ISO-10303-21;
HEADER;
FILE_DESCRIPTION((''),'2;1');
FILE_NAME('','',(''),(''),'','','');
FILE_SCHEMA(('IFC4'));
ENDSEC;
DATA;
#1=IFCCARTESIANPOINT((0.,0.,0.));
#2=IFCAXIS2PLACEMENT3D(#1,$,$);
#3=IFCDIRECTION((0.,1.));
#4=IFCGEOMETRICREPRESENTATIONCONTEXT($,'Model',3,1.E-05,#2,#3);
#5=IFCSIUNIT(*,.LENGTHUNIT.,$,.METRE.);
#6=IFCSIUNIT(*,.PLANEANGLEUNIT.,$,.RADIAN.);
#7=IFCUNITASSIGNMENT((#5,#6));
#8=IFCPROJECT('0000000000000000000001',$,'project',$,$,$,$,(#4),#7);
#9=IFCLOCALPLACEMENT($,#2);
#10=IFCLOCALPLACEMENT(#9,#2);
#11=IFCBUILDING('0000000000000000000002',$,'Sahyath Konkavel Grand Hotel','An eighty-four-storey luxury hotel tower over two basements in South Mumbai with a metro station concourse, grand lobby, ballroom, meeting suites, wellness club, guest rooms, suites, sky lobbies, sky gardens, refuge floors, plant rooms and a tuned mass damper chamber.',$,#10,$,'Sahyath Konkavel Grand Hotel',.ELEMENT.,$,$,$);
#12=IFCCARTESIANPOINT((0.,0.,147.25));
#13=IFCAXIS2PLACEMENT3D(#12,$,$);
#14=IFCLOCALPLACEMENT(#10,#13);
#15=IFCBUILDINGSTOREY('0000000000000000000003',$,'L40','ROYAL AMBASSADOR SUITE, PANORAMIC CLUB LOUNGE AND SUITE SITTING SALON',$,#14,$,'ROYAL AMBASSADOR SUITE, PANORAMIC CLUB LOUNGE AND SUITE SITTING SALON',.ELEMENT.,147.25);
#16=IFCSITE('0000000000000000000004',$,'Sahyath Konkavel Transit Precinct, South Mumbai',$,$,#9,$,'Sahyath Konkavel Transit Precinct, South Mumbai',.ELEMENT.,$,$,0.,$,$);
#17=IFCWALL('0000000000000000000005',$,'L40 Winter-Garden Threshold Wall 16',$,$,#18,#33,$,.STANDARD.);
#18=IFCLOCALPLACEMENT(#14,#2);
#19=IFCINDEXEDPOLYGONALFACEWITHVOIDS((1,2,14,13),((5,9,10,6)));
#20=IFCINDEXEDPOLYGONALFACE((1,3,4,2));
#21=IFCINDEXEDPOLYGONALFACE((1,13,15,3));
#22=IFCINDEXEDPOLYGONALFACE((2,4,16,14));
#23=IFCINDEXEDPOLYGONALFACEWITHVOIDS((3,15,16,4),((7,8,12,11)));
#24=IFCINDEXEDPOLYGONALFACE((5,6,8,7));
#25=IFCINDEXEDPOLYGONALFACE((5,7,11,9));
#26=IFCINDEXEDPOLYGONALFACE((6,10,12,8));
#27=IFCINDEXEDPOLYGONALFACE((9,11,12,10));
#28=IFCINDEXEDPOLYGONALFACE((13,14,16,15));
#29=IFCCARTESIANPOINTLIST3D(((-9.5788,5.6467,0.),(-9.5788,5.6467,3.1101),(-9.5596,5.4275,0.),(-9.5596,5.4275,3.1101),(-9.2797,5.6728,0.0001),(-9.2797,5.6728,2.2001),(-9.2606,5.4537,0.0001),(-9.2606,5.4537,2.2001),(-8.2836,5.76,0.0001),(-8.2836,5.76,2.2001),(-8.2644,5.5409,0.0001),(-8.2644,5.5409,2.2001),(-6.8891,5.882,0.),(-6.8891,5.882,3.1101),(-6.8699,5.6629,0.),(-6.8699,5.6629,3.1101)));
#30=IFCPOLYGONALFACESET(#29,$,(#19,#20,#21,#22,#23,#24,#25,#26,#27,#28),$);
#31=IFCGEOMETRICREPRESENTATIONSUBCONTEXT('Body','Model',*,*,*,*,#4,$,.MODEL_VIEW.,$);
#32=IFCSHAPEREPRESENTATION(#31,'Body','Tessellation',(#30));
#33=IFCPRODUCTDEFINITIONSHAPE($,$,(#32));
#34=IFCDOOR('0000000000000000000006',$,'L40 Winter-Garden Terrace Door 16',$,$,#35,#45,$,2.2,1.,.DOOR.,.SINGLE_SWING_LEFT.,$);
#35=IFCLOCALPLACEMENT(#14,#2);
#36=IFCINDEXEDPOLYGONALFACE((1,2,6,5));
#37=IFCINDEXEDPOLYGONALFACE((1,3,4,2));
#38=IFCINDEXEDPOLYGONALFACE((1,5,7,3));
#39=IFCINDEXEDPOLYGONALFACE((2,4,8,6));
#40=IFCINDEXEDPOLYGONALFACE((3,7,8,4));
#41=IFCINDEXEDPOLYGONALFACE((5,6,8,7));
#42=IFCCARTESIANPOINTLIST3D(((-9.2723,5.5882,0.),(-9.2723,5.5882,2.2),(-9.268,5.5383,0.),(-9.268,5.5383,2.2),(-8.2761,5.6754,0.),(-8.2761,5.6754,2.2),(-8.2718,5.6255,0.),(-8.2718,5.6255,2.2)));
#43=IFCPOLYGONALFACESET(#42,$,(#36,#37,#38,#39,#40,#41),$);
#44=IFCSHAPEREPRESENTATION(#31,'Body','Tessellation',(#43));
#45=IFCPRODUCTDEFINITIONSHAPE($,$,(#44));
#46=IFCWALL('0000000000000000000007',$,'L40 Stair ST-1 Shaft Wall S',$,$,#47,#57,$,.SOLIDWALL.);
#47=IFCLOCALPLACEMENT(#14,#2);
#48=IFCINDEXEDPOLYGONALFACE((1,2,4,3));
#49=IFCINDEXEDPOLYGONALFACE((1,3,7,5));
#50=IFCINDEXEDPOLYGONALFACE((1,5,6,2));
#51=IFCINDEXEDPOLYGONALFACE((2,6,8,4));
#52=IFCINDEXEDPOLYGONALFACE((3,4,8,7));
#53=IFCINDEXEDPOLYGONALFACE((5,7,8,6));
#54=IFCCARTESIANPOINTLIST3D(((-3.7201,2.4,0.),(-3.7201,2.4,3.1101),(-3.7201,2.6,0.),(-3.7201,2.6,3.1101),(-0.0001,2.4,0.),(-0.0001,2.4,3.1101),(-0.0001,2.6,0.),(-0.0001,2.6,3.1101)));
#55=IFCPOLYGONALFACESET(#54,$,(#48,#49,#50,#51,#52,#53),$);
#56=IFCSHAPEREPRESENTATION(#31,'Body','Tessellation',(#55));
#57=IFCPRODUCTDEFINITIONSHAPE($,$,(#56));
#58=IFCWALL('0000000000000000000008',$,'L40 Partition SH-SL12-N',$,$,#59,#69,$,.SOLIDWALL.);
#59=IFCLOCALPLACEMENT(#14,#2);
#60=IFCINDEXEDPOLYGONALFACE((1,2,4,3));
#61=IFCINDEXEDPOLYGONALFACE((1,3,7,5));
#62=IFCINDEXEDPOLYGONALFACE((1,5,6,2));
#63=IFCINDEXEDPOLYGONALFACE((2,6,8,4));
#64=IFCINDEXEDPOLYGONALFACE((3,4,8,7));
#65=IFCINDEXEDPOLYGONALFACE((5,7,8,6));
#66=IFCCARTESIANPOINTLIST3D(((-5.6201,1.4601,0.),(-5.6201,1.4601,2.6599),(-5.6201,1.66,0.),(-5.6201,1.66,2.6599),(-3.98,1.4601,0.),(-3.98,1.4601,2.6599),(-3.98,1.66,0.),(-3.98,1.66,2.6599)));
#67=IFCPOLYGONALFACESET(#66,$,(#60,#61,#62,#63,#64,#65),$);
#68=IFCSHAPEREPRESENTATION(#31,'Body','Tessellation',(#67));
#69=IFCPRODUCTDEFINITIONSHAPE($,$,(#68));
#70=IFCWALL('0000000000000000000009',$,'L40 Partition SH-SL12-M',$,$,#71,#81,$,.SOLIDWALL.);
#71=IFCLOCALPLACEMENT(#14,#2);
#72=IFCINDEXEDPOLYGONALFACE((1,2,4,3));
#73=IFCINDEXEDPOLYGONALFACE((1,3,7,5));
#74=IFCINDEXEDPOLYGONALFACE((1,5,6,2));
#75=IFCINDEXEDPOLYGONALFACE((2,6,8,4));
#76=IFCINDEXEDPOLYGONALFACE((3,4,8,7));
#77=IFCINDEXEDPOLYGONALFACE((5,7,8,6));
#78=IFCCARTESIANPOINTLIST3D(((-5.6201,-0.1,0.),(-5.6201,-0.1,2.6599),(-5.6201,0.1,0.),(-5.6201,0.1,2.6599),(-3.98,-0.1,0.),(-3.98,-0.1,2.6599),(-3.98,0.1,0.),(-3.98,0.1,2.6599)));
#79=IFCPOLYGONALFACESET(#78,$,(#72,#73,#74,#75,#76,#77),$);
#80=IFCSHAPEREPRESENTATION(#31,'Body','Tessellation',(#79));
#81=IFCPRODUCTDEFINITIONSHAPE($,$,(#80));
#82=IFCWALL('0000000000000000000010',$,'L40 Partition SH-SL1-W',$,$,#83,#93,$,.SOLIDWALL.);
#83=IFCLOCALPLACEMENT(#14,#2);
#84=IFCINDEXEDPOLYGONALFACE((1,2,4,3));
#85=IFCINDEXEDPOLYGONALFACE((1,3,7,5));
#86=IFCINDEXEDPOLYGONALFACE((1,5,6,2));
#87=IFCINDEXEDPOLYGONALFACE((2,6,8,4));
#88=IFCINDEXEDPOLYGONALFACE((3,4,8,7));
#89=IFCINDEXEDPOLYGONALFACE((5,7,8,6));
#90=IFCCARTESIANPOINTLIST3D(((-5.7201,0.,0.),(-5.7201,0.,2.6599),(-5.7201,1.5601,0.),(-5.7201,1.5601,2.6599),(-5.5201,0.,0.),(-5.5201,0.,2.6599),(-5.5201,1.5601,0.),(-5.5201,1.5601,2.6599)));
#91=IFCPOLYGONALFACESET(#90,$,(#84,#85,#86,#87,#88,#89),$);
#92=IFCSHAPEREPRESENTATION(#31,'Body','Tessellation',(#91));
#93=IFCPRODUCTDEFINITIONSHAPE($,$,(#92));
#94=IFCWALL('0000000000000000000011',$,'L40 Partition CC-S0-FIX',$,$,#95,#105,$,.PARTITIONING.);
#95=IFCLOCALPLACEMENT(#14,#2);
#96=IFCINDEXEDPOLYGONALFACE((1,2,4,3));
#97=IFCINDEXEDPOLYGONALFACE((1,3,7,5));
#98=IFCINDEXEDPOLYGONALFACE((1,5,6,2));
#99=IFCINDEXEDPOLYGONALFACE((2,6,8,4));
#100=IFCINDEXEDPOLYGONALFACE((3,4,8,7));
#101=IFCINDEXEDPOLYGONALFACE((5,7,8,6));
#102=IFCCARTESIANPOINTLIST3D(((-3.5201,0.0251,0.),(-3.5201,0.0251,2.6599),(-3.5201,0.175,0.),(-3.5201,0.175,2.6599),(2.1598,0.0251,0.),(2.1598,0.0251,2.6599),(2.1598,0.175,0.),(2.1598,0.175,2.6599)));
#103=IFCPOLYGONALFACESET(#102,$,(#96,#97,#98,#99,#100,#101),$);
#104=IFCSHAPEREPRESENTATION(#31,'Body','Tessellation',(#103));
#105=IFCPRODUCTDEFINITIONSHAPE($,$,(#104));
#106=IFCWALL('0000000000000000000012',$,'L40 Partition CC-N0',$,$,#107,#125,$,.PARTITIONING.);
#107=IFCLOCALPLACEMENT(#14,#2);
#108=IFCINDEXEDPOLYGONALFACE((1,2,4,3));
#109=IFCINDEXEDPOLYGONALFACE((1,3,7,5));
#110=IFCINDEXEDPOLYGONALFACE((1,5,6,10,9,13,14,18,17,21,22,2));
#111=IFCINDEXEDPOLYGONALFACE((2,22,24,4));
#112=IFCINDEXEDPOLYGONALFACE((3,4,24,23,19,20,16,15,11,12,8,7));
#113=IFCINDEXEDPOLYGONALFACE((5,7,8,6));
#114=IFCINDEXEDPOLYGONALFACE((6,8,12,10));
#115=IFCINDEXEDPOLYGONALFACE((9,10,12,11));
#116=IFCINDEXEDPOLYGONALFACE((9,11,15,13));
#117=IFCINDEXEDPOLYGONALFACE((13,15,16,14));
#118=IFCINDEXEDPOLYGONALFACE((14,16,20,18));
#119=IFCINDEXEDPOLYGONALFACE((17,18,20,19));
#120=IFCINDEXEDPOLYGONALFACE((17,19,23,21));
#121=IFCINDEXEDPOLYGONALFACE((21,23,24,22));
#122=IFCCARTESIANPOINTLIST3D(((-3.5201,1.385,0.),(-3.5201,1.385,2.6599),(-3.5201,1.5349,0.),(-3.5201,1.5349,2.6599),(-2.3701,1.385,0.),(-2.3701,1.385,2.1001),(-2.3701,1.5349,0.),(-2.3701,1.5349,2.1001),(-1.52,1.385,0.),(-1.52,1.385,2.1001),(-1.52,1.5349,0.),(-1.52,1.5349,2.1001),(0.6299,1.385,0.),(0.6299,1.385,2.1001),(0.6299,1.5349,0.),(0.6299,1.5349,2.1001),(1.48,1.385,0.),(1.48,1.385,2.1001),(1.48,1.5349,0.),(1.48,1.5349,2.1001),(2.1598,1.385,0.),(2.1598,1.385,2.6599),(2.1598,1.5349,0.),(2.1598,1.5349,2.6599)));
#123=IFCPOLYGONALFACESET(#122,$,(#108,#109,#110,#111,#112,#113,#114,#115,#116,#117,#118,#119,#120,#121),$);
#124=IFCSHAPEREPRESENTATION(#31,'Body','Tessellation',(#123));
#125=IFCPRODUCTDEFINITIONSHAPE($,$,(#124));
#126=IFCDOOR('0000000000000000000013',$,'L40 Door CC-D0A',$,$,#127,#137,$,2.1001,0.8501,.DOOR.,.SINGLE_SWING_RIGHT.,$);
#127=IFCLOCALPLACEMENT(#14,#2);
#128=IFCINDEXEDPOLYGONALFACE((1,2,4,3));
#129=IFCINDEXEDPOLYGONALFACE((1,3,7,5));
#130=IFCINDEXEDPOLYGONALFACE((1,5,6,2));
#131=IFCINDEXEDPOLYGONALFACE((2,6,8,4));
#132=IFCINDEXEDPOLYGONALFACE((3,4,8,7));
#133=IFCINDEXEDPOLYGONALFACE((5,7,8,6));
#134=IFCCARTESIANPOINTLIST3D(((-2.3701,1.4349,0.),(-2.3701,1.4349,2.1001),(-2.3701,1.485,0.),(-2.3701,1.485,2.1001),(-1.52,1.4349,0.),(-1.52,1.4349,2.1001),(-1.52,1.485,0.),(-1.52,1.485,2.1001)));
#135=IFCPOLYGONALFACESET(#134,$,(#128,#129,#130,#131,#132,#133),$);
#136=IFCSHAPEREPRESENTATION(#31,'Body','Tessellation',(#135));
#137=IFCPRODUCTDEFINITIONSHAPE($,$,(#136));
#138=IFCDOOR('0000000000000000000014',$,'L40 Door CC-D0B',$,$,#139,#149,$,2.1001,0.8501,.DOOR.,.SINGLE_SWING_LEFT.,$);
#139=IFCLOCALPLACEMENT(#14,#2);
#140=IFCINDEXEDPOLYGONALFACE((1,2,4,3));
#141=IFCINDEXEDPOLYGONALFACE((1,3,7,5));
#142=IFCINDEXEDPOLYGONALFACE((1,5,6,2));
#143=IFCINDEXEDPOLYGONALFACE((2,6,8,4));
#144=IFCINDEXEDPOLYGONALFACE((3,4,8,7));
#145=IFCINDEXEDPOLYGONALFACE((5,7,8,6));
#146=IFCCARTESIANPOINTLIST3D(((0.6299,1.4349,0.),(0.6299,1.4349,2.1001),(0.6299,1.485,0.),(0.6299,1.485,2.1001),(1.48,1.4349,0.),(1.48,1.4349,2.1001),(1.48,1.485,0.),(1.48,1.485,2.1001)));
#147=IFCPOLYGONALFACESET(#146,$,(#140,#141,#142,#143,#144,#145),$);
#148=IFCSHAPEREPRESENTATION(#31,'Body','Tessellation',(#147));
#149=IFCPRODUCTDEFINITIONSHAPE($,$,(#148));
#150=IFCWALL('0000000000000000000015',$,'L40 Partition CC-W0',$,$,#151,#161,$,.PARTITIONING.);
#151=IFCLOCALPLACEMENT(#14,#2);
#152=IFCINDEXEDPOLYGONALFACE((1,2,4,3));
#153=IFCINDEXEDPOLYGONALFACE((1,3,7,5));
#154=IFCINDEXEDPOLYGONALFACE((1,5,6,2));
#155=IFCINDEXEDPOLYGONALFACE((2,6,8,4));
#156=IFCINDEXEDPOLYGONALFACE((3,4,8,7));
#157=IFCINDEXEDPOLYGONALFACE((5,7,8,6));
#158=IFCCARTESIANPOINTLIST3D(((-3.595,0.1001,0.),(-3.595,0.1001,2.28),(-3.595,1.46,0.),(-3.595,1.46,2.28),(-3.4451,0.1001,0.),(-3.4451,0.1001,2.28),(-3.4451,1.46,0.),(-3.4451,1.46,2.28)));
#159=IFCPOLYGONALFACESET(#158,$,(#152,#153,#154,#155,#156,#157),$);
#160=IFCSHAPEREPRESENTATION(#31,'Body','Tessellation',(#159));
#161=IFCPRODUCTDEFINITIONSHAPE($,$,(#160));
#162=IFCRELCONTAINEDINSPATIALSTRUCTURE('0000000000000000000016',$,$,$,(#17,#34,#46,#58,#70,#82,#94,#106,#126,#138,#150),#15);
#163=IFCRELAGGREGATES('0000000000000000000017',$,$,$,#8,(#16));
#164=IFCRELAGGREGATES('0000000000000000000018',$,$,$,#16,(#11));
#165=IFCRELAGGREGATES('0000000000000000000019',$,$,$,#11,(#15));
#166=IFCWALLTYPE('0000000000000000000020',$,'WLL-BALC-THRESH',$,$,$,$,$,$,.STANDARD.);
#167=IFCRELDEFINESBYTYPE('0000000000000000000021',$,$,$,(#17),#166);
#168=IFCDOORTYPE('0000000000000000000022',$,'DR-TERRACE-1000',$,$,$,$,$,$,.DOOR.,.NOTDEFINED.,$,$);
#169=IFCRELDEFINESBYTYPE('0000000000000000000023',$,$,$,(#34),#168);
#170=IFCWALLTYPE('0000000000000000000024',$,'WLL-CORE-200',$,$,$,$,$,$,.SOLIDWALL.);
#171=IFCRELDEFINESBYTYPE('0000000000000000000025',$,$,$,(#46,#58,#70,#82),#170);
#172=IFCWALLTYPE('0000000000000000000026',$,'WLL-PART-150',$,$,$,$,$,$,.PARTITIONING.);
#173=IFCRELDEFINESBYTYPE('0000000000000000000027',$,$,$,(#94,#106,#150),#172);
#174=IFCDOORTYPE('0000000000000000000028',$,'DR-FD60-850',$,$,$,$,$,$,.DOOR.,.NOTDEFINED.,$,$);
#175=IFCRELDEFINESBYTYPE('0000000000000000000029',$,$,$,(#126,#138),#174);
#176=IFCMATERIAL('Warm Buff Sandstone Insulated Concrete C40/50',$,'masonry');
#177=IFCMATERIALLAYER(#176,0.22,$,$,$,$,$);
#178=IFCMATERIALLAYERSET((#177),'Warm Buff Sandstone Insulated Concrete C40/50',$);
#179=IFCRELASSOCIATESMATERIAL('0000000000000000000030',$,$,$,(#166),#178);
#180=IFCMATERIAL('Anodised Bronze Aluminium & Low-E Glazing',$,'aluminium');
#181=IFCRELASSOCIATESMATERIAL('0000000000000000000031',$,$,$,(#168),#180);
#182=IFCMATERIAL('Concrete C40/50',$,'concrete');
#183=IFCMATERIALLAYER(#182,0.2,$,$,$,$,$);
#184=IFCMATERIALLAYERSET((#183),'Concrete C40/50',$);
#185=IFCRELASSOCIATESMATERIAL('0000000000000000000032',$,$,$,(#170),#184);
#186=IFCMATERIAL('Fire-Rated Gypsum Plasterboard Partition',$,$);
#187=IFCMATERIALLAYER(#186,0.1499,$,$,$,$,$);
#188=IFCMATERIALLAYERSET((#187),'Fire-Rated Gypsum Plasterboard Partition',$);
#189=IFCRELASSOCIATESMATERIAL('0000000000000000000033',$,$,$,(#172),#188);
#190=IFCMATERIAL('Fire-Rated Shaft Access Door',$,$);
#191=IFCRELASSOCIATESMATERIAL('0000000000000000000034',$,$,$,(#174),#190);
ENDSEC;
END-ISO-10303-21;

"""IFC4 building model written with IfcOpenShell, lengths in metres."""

from ifc_helpers import new_model, si_unit, direction, frame, frame_2d, origin, origin_2d, place, context, subcontext, project, spatial, rectangle, extrude, source, transform, mapped, material, layer, layer_set, type_object, element, fill, save


model = new_model("IFC4")

# Units and contexts
model_context = context("Model", 3, precision=1e-05, world=origin(), true_north=direction((0.0, 1.0)))
body_context = subcontext(model_context, "Body", "Model", "MODEL_VIEW")
ifc_project = project(units=[si_unit("LENGTHUNIT", "METRE"), si_unit("PLANEANGLEUNIT", "RADIAN")], contexts=[model_context])

# Site, building, storey
site_placement = place(None, origin())
site = spatial("IfcSite", under=ifc_project, at=site_placement, Name="Sahyath Konkavel Transit Precinct, South Mumbai", LongName="Sahyath Konkavel Transit Precinct, South Mumbai", CompositionType="ELEMENT", RefElevation=0.0)
building_placement = place(site_placement, origin())
building = spatial("IfcBuilding", under=site, at=building_placement, Name="Sahyath Konkavel Grand Hotel", Description="An eighty-four-storey luxury hotel tower over two basements in South Mumbai with a metro station concourse, grand lobby, ballroom, meeting suites, wellness club, guest rooms, suites, sky lobbies, sky gardens, refuge floors, plant rooms and a tuned mass damper chamber.", LongName="Sahyath Konkavel Grand Hotel", CompositionType="ELEMENT")
storey_placement = place(building_placement, frame((0.0, 0.0, 147.25)))
storey = spatial("IfcBuildingStorey", under=building, at=storey_placement, Name="L40", Description="ROYAL AMBASSADOR SUITE, PANORAMIC CLUB LOUNGE AND SUITE SITTING SALON", LongName="ROYAL AMBASSADOR SUITE, PANORAMIC CLUB LOUNGE AND SUITE SITTING SALON", CompositionType="ELEMENT", Elevation=147.25)

# Shared definitions
ifc_material_1 = material(Name="Anodised Bronze Aluminium & Low-E Glazing", Category="aluminium")

# Shared definitions
ifc_material_2 = material(Name="Concrete C40/50", Category="concrete")

# Wall, opening, door
ifc_material_3 = material(Name="Warm Buff Sandstone Insulated Concrete C40/50", Category="masonry")
ifc_layer_1 = layer(ifc_material_3, 0.22)
ifc_layer_set_1 = layer_set([ifc_layer_1], Name="Warm Buff Sandstone Insulated Concrete C40/50")
wall_type_1 = type_object("IfcWallType", Name="WLL-BALC-THRESH", PredefinedType="STANDARD", material=ifc_layer_set_1)
wall_1_placement = place(storey_placement, frame((-6.8794, 5.7725, 0.0), z_axis=(0.0, 0.0, 1.0), x_axis=(-0.996194, -0.087168, 0.0)))
wall_1 = element("IfcWall", 1, at=wall_1_placement, inside=storey, type_object=wall_type_1, Name="L40 Winter-Garden Threshold Wall 16", PredefinedType="STANDARD", context=body_context, shape_type="SweptSolid", body=[
    extrude(rectangle(XDim=2.7, YDim=0.22, at=frame_2d((1.3501, 0.0))), origin(), (0.0, 0.0, 1.0), 3.1101),
])
opening_1_placement = place(wall_1_placement, frame((1.3999, 0.0, 0.0)))
opening_1 = element("IfcOpeningElement", 2, at=opening_1_placement, cuts=wall_1, PredefinedType="OPENING", context=body_context, shape_type="SweptSolid", body=[
    extrude(rectangle(XDim=1.0, YDim=2.2, at=frame_2d((0.5, 1.1001))), frame((0.0, 0.1201, 0.0), z_axis=(0.0, -1.0, 0.0), x_axis=(1.0, 0.0, 0.0)), (0.0, 0.0, 1.0), 0.24),
])
door_type_1 = type_object("IfcDoorType", Name="DR-TERRACE-1000", OperationType="NOTDEFINED", PredefinedType="DOOR", material=ifc_material_1)
shared_shape_1 = source(origin(), body_context, "Body", "SweptSolid", [
    extrude(rectangle(XDim=1.0, YDim=0.05, at=origin_2d()), origin(), (0.0, 0.0, 1.0), 2.2),
])
door_1_placement = place(opening_1_placement, frame((0.5, 0.0, 0.0)))
door_1 = element("IfcDoor", 3, at=door_1_placement, inside=storey, type_object=door_type_1, Name="L40 Winter-Garden Terrace Door 16", OperationType="SINGLE_SWING_LEFT", OverallHeight=2.2, OverallWidth=1.0, PredefinedType="DOOR", context=body_context, shape_type="MappedRepresentation", body=[
    mapped(shared_shape_1, transform((0.0, 0.0, 0.0), scale=1.0)),
])
fill(opening_1, door_1)

# Walls
ifc_layer_2 = layer(ifc_material_2, 0.2)
ifc_layer_set_2 = layer_set([ifc_layer_2], Name="Concrete C40/50")
wall_type_2 = type_object("IfcWallType", Name="WLL-CORE-200", PredefinedType="SOLIDWALL", material=ifc_layer_set_2)
wall_2_placement = place(storey_placement, frame((-3.72, 2.5, 0.0), z_axis=(0.0, 0.0, 1.0), x_axis=(1.0, 0.0, 0.0)))
element("IfcWall", 4, at=wall_2_placement, inside=storey, type_object=wall_type_2, Name="L40 Stair ST-1 Shaft Wall S", PredefinedType="SOLIDWALL", context=body_context, shape_type="SweptSolid", body=[
    extrude(rectangle(XDim=3.72, YDim=0.2, at=frame_2d((1.8599, 0.0))), origin(), (0.0, 0.0, 1.0), 3.1101),
])
for number, where, z_axis, x_axis, name in (
    (5, (-5.6201, 1.5601, 0.0), (0.0, 0.0, 1.0), (1.0, 0.0, 0.0), "L40 Partition SH-SL12-N"),
    (6, (-5.6201, 0.0, 0.0), (0.0, 0.0, 1.0), (1.0, 0.0, 0.0), "L40 Partition SH-SL12-M"),
):
    element("IfcWall", number, at=place(storey_placement, frame(where, z_axis=z_axis, x_axis=x_axis)), inside=storey, type_object=wall_type_2, Name=name, PredefinedType="SOLIDWALL", context=body_context, shape_type="SweptSolid", body=[
        extrude(rectangle(XDim=1.6401, YDim=0.2, at=frame_2d((0.8201, 0.0))), origin(), (0.0, 0.0, 1.0), 2.6599),
    ])
wall_3_placement = place(storey_placement, frame((-5.6201, 0.0, 0.0), z_axis=(0.0, 0.0, 1.0), x_axis=(0.0, 1.0, 0.0)))
element("IfcWall", 7, at=wall_3_placement, inside=storey, type_object=wall_type_2, Name="L40 Partition SH-SL1-W", PredefinedType="SOLIDWALL", context=body_context, shape_type="SweptSolid", body=[
    extrude(rectangle(XDim=1.5601, YDim=0.2, at=frame_2d((0.78, 0.0))), origin(), (0.0, 0.0, 1.0), 2.6599),
])
ifc_material_4 = material(Name="Fire-Rated Gypsum Plasterboard Partition")
ifc_layer_3 = layer(ifc_material_4, 0.1499)
ifc_layer_set_3 = layer_set([ifc_layer_3], Name="Fire-Rated Gypsum Plasterboard Partition")
wall_type_3 = type_object("IfcWallType", Name="WLL-PART-150", PredefinedType="PARTITIONING", material=ifc_layer_set_3)
wall_4_placement = place(storey_placement, frame((-3.52, 0.1001, 0.0), z_axis=(0.0, 0.0, 1.0), x_axis=(1.0, 0.0, 0.0)))
element("IfcWall", 8, at=wall_4_placement, inside=storey, type_object=wall_type_3, Name="L40 Partition CC-S0-FIX", PredefinedType="PARTITIONING", context=body_context, shape_type="SweptSolid", body=[
    extrude(rectangle(XDim=5.6799, YDim=0.1499, at=frame_2d((2.8398, 0.0))), origin(), (0.0, 0.0, 1.0), 2.6599),
])

# Wall, openings, doors
wall_5_placement = place(storey_placement, frame((-3.52, 1.46, 0.0), z_axis=(0.0, 0.0, 1.0), x_axis=(1.0, 0.0, 0.0)))
wall_5 = element("IfcWall", 9, at=wall_5_placement, inside=storey, type_object=wall_type_3, Name="L40 Partition CC-N0", PredefinedType="PARTITIONING", context=body_context, shape_type="SweptSolid", body=[
    extrude(rectangle(XDim=5.6799, YDim=0.1499, at=frame_2d((2.8398, 0.0))), origin(), (0.0, 0.0, 1.0), 2.6599),
])
opening_2_placement = place(wall_5_placement, frame((1.1499, 0.0, 0.0)))
opening_2 = element("IfcOpeningElement", 10, at=opening_2_placement, cuts=wall_5, PredefinedType="OPENING", context=body_context, shape_type="SweptSolid", body=[
    extrude(rectangle(XDim=0.8501, YDim=2.1001, at=frame_2d((0.425, 1.05))), frame((0.0, 0.085, 0.0), z_axis=(0.0, -1.0, 0.0), x_axis=(1.0, 0.0, 0.0)), (0.0, 0.0, 1.0), 0.1699),
])
opening_3_placement = place(wall_5_placement, frame((4.1499, 0.0, 0.0)))
opening_3 = element("IfcOpeningElement", 11, at=opening_3_placement, cuts=wall_5, PredefinedType="OPENING", context=body_context, shape_type="SweptSolid", body=[
    extrude(rectangle(XDim=0.8501, YDim=2.1001, at=frame_2d((0.425, 1.05))), frame((0.0, 0.085, 0.0), z_axis=(0.0, -1.0, 0.0), x_axis=(1.0, 0.0, 0.0)), (0.0, 0.0, 1.0), 0.1699),
])
ifc_material_5 = material(Name="Fire-Rated Shaft Access Door")
door_type_2 = type_object("IfcDoorType", Name="DR-FD60-850", OperationType="NOTDEFINED", PredefinedType="DOOR", material=ifc_material_5)
shared_shape_2 = source(origin(), body_context, "Body", "SweptSolid", [
    extrude(rectangle(XDim=0.8501, YDim=0.05, at=origin_2d()), origin(), (0.0, 0.0, 1.0), 2.1001),
])
door_2_placement = place(opening_2_placement, frame((0.425, 0.0, 0.0)))
door_2 = element("IfcDoor", 12, at=door_2_placement, inside=storey, type_object=door_type_2, Name="L40 Door CC-D0A", OperationType="SINGLE_SWING_RIGHT", OverallHeight=2.1001, OverallWidth=0.8501, PredefinedType="DOOR", context=body_context, shape_type="MappedRepresentation", body=[
    mapped(shared_shape_2, transform((0.0, 0.0, 0.0), scale=1.0)),
])
fill(opening_2, door_2)
door_3_placement = place(opening_3_placement, frame((0.425, 0.0, 0.0)))
door_3 = element("IfcDoor", 13, at=door_3_placement, inside=storey, type_object=door_type_2, Name="L40 Door CC-D0B", OperationType="SINGLE_SWING_LEFT", OverallHeight=2.1001, OverallWidth=0.8501, PredefinedType="DOOR", context=body_context, shape_type="MappedRepresentation", body=[
    mapped(shared_shape_2, transform((0.0, 0.0, 0.0), scale=1.0)),
])
fill(opening_3, door_3)

# Wall
wall_6_placement = place(storey_placement, frame((-3.52, 0.1001, 0.0), z_axis=(0.0, 0.0, 1.0), x_axis=(0.0, 1.0, 0.0)))
element("IfcWall", 14, at=wall_6_placement, inside=storey, type_object=wall_type_3, Name="L40 Partition CC-W0", PredefinedType="PARTITIONING", context=body_context, shape_type="SweptSolid", body=[
    extrude(rectangle(XDim=1.3599, YDim=0.1499, at=frame_2d((0.6799, 0.0))), origin(), (0.0, 0.0, 1.0), 2.28),
])

save(model, "model.ifc")
